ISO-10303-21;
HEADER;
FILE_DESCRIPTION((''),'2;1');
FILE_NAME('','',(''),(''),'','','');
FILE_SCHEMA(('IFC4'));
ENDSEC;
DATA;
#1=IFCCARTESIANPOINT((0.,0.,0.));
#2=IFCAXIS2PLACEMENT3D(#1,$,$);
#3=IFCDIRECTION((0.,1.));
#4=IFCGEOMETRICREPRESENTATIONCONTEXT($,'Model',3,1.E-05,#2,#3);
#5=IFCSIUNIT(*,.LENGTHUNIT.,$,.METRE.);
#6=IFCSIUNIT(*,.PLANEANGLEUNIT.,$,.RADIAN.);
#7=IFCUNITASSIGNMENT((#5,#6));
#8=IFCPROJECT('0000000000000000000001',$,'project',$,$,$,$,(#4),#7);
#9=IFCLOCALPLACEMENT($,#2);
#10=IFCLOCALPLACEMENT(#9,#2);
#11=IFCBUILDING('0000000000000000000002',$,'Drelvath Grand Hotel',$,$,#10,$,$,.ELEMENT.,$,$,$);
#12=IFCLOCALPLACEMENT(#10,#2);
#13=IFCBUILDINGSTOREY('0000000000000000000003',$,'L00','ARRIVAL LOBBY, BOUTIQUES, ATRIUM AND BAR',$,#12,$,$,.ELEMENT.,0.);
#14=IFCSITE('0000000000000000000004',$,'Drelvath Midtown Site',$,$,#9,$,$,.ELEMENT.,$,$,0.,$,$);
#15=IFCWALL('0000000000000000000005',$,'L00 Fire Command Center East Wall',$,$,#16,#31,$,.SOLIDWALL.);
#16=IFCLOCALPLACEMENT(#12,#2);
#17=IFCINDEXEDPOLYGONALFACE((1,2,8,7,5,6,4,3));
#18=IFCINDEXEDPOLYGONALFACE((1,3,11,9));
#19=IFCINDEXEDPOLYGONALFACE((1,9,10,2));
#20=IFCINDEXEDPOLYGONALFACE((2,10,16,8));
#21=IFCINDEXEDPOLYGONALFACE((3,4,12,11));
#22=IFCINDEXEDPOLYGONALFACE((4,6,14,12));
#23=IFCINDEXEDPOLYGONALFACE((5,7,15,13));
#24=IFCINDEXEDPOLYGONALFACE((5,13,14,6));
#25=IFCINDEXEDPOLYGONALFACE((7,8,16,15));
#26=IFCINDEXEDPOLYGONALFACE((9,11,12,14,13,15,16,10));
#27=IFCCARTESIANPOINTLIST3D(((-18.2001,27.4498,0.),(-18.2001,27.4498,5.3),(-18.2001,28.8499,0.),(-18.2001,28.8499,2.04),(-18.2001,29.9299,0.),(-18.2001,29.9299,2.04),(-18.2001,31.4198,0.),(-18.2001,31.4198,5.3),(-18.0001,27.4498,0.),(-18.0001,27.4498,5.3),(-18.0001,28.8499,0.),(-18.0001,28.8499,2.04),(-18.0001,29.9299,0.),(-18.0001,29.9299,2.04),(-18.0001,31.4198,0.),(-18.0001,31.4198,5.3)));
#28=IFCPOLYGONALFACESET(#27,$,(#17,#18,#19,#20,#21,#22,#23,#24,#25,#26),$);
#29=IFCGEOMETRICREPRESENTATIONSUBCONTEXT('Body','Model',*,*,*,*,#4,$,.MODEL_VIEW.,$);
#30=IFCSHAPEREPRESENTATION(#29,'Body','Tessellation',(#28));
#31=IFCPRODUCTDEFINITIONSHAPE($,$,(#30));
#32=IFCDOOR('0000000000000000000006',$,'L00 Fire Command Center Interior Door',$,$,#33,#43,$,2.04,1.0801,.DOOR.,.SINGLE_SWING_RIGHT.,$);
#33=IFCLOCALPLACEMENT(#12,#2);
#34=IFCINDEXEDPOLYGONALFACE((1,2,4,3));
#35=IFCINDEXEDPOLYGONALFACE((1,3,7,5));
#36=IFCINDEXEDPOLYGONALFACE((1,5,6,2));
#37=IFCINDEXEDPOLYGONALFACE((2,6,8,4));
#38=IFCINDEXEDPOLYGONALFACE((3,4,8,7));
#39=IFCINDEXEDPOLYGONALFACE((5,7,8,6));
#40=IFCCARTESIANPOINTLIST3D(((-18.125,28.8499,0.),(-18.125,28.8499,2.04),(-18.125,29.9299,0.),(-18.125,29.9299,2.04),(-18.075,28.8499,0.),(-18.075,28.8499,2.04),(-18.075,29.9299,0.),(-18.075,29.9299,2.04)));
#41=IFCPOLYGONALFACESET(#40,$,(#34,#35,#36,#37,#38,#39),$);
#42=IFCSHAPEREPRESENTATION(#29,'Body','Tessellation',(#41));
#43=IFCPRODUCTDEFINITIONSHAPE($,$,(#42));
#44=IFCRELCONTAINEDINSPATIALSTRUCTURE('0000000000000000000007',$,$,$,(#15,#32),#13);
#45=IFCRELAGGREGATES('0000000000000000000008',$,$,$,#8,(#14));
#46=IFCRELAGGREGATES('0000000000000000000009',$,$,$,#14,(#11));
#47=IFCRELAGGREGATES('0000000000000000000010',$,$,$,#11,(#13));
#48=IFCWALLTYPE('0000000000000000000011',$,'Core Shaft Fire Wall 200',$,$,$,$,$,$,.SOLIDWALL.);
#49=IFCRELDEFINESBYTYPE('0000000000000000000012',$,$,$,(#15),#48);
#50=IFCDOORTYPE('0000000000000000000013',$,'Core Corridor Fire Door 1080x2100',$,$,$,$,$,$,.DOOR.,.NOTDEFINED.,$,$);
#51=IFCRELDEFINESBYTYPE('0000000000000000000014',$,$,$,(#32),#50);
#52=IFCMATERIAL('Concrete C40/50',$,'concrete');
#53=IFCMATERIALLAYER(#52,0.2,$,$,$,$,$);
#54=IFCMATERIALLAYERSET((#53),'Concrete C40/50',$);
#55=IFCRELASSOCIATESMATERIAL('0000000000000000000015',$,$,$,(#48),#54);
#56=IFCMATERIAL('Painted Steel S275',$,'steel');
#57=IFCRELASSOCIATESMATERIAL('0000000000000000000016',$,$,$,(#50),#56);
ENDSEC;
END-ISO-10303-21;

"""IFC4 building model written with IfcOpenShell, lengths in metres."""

from ifc_helpers import new_model, si_unit, direction, frame, frame_2d, origin, place, context, subcontext, project, spatial, rectangle, extrude, material, layer, layer_set, type_object, element, fill, save


model = new_model("IFC4")

# Units and contexts
model_context = context("Model", 3, precision=1e-05, world=origin(), true_north=direction((0.0, 1.0)))
body_context = subcontext(model_context, "Body", "Model", "MODEL_VIEW")
ifc_project = project(units=[si_unit("LENGTHUNIT", "METRE"), si_unit("PLANEANGLEUNIT", "RADIAN")], contexts=[model_context])

# Site, building, storey
site_placement = place(None, origin())
site = spatial("IfcSite", under=ifc_project, at=site_placement, Name="Drelvath Midtown Site", CompositionType="ELEMENT", RefElevation=0.0)
building_placement = place(site_placement, origin())
building = spatial("IfcBuilding", under=site, at=building_placement, Name="Drelvath Grand Hotel", CompositionType="ELEMENT")
storey_placement = place(building_placement, origin())
storey = spatial("IfcBuildingStorey", under=building, at=storey_placement, Name="L00", Description="ARRIVAL LOBBY, BOUTIQUES, ATRIUM AND BAR", CompositionType="ELEMENT", Elevation=0.0)

# Shared definitions
ifc_material_1 = material(Name="Painted Steel S275", Category="steel")
ifc_material_2 = material(Name="Concrete C40/50", Category="concrete")

# Shared definitions
ifc_layer_1 = layer(ifc_material_2, 0.2)
ifc_layer_set_1 = layer_set([ifc_layer_1], Name="Concrete C40/50")
wall_type_1 = type_object("IfcWallType", Name="Core Shaft Fire Wall 200", PredefinedType="SOLIDWALL", material=ifc_layer_set_1)

# Wall, opening, door
wall_1_placement = place(storey_placement, frame((-18.1001, 27.45, 0.0), z_axis=(0.0, 0.0, 1.0), x_axis=(0.0, 1.0, 0.0)))
wall_1 = element("IfcWall", 1, at=wall_1_placement, inside=storey, type_object=wall_type_1, Name="L00 Fire Command Center East Wall", PredefinedType="SOLIDWALL", context=body_context, shape_type="SweptSolid", body=[
    extrude(rectangle(XDim=3.97, YDim=0.2, at=frame_2d((1.9849, 0.0))), origin(), (0.0, 0.0, 1.0), 5.3),
])
opening_1_placement = place(wall_1_placement, frame((1.3999, 0.0, 0.0)))
opening_1 = element("IfcOpeningElement", 2, at=opening_1_placement, cuts=wall_1, PredefinedType="OPENING", context=body_context, shape_type="SweptSolid", body=[
    extrude(rectangle(XDim=1.0801, YDim=2.04, at=frame_2d((0.54, 1.02))), frame((0.0, 0.1099, 0.0), z_axis=(0.0, -1.0, 0.0), x_axis=(1.0, 0.0, 0.0)), (0.0, 0.0, 1.0), 0.22),
])
door_type_1 = type_object("IfcDoorType", Name="Core Corridor Fire Door 1080x2100", OperationType="NOTDEFINED", PredefinedType="DOOR", material=ifc_material_1)
door_1_placement = place(opening_1_placement, origin())
door_1 = element("IfcDoor", 3, at=door_1_placement, inside=storey, type_object=door_type_1, Name="L00 Fire Command Center Interior Door", OperationType="SINGLE_SWING_RIGHT", OverallHeight=2.04, OverallWidth=1.0801, PredefinedType="DOOR", context=body_context, shape_type="SweptSolid", body=[
    extrude(rectangle(XDim=1.0801, YDim=2.04, at=frame_2d((0.54, 1.02))), frame((0.0, 0.0249, 0.0), z_axis=(0.0, -1.0, 0.0), x_axis=(1.0, 0.0, 0.0)), (0.0, 0.0, 1.0), 0.05),
])
fill(opening_1, door_1)

save(model, "model.ifc")
